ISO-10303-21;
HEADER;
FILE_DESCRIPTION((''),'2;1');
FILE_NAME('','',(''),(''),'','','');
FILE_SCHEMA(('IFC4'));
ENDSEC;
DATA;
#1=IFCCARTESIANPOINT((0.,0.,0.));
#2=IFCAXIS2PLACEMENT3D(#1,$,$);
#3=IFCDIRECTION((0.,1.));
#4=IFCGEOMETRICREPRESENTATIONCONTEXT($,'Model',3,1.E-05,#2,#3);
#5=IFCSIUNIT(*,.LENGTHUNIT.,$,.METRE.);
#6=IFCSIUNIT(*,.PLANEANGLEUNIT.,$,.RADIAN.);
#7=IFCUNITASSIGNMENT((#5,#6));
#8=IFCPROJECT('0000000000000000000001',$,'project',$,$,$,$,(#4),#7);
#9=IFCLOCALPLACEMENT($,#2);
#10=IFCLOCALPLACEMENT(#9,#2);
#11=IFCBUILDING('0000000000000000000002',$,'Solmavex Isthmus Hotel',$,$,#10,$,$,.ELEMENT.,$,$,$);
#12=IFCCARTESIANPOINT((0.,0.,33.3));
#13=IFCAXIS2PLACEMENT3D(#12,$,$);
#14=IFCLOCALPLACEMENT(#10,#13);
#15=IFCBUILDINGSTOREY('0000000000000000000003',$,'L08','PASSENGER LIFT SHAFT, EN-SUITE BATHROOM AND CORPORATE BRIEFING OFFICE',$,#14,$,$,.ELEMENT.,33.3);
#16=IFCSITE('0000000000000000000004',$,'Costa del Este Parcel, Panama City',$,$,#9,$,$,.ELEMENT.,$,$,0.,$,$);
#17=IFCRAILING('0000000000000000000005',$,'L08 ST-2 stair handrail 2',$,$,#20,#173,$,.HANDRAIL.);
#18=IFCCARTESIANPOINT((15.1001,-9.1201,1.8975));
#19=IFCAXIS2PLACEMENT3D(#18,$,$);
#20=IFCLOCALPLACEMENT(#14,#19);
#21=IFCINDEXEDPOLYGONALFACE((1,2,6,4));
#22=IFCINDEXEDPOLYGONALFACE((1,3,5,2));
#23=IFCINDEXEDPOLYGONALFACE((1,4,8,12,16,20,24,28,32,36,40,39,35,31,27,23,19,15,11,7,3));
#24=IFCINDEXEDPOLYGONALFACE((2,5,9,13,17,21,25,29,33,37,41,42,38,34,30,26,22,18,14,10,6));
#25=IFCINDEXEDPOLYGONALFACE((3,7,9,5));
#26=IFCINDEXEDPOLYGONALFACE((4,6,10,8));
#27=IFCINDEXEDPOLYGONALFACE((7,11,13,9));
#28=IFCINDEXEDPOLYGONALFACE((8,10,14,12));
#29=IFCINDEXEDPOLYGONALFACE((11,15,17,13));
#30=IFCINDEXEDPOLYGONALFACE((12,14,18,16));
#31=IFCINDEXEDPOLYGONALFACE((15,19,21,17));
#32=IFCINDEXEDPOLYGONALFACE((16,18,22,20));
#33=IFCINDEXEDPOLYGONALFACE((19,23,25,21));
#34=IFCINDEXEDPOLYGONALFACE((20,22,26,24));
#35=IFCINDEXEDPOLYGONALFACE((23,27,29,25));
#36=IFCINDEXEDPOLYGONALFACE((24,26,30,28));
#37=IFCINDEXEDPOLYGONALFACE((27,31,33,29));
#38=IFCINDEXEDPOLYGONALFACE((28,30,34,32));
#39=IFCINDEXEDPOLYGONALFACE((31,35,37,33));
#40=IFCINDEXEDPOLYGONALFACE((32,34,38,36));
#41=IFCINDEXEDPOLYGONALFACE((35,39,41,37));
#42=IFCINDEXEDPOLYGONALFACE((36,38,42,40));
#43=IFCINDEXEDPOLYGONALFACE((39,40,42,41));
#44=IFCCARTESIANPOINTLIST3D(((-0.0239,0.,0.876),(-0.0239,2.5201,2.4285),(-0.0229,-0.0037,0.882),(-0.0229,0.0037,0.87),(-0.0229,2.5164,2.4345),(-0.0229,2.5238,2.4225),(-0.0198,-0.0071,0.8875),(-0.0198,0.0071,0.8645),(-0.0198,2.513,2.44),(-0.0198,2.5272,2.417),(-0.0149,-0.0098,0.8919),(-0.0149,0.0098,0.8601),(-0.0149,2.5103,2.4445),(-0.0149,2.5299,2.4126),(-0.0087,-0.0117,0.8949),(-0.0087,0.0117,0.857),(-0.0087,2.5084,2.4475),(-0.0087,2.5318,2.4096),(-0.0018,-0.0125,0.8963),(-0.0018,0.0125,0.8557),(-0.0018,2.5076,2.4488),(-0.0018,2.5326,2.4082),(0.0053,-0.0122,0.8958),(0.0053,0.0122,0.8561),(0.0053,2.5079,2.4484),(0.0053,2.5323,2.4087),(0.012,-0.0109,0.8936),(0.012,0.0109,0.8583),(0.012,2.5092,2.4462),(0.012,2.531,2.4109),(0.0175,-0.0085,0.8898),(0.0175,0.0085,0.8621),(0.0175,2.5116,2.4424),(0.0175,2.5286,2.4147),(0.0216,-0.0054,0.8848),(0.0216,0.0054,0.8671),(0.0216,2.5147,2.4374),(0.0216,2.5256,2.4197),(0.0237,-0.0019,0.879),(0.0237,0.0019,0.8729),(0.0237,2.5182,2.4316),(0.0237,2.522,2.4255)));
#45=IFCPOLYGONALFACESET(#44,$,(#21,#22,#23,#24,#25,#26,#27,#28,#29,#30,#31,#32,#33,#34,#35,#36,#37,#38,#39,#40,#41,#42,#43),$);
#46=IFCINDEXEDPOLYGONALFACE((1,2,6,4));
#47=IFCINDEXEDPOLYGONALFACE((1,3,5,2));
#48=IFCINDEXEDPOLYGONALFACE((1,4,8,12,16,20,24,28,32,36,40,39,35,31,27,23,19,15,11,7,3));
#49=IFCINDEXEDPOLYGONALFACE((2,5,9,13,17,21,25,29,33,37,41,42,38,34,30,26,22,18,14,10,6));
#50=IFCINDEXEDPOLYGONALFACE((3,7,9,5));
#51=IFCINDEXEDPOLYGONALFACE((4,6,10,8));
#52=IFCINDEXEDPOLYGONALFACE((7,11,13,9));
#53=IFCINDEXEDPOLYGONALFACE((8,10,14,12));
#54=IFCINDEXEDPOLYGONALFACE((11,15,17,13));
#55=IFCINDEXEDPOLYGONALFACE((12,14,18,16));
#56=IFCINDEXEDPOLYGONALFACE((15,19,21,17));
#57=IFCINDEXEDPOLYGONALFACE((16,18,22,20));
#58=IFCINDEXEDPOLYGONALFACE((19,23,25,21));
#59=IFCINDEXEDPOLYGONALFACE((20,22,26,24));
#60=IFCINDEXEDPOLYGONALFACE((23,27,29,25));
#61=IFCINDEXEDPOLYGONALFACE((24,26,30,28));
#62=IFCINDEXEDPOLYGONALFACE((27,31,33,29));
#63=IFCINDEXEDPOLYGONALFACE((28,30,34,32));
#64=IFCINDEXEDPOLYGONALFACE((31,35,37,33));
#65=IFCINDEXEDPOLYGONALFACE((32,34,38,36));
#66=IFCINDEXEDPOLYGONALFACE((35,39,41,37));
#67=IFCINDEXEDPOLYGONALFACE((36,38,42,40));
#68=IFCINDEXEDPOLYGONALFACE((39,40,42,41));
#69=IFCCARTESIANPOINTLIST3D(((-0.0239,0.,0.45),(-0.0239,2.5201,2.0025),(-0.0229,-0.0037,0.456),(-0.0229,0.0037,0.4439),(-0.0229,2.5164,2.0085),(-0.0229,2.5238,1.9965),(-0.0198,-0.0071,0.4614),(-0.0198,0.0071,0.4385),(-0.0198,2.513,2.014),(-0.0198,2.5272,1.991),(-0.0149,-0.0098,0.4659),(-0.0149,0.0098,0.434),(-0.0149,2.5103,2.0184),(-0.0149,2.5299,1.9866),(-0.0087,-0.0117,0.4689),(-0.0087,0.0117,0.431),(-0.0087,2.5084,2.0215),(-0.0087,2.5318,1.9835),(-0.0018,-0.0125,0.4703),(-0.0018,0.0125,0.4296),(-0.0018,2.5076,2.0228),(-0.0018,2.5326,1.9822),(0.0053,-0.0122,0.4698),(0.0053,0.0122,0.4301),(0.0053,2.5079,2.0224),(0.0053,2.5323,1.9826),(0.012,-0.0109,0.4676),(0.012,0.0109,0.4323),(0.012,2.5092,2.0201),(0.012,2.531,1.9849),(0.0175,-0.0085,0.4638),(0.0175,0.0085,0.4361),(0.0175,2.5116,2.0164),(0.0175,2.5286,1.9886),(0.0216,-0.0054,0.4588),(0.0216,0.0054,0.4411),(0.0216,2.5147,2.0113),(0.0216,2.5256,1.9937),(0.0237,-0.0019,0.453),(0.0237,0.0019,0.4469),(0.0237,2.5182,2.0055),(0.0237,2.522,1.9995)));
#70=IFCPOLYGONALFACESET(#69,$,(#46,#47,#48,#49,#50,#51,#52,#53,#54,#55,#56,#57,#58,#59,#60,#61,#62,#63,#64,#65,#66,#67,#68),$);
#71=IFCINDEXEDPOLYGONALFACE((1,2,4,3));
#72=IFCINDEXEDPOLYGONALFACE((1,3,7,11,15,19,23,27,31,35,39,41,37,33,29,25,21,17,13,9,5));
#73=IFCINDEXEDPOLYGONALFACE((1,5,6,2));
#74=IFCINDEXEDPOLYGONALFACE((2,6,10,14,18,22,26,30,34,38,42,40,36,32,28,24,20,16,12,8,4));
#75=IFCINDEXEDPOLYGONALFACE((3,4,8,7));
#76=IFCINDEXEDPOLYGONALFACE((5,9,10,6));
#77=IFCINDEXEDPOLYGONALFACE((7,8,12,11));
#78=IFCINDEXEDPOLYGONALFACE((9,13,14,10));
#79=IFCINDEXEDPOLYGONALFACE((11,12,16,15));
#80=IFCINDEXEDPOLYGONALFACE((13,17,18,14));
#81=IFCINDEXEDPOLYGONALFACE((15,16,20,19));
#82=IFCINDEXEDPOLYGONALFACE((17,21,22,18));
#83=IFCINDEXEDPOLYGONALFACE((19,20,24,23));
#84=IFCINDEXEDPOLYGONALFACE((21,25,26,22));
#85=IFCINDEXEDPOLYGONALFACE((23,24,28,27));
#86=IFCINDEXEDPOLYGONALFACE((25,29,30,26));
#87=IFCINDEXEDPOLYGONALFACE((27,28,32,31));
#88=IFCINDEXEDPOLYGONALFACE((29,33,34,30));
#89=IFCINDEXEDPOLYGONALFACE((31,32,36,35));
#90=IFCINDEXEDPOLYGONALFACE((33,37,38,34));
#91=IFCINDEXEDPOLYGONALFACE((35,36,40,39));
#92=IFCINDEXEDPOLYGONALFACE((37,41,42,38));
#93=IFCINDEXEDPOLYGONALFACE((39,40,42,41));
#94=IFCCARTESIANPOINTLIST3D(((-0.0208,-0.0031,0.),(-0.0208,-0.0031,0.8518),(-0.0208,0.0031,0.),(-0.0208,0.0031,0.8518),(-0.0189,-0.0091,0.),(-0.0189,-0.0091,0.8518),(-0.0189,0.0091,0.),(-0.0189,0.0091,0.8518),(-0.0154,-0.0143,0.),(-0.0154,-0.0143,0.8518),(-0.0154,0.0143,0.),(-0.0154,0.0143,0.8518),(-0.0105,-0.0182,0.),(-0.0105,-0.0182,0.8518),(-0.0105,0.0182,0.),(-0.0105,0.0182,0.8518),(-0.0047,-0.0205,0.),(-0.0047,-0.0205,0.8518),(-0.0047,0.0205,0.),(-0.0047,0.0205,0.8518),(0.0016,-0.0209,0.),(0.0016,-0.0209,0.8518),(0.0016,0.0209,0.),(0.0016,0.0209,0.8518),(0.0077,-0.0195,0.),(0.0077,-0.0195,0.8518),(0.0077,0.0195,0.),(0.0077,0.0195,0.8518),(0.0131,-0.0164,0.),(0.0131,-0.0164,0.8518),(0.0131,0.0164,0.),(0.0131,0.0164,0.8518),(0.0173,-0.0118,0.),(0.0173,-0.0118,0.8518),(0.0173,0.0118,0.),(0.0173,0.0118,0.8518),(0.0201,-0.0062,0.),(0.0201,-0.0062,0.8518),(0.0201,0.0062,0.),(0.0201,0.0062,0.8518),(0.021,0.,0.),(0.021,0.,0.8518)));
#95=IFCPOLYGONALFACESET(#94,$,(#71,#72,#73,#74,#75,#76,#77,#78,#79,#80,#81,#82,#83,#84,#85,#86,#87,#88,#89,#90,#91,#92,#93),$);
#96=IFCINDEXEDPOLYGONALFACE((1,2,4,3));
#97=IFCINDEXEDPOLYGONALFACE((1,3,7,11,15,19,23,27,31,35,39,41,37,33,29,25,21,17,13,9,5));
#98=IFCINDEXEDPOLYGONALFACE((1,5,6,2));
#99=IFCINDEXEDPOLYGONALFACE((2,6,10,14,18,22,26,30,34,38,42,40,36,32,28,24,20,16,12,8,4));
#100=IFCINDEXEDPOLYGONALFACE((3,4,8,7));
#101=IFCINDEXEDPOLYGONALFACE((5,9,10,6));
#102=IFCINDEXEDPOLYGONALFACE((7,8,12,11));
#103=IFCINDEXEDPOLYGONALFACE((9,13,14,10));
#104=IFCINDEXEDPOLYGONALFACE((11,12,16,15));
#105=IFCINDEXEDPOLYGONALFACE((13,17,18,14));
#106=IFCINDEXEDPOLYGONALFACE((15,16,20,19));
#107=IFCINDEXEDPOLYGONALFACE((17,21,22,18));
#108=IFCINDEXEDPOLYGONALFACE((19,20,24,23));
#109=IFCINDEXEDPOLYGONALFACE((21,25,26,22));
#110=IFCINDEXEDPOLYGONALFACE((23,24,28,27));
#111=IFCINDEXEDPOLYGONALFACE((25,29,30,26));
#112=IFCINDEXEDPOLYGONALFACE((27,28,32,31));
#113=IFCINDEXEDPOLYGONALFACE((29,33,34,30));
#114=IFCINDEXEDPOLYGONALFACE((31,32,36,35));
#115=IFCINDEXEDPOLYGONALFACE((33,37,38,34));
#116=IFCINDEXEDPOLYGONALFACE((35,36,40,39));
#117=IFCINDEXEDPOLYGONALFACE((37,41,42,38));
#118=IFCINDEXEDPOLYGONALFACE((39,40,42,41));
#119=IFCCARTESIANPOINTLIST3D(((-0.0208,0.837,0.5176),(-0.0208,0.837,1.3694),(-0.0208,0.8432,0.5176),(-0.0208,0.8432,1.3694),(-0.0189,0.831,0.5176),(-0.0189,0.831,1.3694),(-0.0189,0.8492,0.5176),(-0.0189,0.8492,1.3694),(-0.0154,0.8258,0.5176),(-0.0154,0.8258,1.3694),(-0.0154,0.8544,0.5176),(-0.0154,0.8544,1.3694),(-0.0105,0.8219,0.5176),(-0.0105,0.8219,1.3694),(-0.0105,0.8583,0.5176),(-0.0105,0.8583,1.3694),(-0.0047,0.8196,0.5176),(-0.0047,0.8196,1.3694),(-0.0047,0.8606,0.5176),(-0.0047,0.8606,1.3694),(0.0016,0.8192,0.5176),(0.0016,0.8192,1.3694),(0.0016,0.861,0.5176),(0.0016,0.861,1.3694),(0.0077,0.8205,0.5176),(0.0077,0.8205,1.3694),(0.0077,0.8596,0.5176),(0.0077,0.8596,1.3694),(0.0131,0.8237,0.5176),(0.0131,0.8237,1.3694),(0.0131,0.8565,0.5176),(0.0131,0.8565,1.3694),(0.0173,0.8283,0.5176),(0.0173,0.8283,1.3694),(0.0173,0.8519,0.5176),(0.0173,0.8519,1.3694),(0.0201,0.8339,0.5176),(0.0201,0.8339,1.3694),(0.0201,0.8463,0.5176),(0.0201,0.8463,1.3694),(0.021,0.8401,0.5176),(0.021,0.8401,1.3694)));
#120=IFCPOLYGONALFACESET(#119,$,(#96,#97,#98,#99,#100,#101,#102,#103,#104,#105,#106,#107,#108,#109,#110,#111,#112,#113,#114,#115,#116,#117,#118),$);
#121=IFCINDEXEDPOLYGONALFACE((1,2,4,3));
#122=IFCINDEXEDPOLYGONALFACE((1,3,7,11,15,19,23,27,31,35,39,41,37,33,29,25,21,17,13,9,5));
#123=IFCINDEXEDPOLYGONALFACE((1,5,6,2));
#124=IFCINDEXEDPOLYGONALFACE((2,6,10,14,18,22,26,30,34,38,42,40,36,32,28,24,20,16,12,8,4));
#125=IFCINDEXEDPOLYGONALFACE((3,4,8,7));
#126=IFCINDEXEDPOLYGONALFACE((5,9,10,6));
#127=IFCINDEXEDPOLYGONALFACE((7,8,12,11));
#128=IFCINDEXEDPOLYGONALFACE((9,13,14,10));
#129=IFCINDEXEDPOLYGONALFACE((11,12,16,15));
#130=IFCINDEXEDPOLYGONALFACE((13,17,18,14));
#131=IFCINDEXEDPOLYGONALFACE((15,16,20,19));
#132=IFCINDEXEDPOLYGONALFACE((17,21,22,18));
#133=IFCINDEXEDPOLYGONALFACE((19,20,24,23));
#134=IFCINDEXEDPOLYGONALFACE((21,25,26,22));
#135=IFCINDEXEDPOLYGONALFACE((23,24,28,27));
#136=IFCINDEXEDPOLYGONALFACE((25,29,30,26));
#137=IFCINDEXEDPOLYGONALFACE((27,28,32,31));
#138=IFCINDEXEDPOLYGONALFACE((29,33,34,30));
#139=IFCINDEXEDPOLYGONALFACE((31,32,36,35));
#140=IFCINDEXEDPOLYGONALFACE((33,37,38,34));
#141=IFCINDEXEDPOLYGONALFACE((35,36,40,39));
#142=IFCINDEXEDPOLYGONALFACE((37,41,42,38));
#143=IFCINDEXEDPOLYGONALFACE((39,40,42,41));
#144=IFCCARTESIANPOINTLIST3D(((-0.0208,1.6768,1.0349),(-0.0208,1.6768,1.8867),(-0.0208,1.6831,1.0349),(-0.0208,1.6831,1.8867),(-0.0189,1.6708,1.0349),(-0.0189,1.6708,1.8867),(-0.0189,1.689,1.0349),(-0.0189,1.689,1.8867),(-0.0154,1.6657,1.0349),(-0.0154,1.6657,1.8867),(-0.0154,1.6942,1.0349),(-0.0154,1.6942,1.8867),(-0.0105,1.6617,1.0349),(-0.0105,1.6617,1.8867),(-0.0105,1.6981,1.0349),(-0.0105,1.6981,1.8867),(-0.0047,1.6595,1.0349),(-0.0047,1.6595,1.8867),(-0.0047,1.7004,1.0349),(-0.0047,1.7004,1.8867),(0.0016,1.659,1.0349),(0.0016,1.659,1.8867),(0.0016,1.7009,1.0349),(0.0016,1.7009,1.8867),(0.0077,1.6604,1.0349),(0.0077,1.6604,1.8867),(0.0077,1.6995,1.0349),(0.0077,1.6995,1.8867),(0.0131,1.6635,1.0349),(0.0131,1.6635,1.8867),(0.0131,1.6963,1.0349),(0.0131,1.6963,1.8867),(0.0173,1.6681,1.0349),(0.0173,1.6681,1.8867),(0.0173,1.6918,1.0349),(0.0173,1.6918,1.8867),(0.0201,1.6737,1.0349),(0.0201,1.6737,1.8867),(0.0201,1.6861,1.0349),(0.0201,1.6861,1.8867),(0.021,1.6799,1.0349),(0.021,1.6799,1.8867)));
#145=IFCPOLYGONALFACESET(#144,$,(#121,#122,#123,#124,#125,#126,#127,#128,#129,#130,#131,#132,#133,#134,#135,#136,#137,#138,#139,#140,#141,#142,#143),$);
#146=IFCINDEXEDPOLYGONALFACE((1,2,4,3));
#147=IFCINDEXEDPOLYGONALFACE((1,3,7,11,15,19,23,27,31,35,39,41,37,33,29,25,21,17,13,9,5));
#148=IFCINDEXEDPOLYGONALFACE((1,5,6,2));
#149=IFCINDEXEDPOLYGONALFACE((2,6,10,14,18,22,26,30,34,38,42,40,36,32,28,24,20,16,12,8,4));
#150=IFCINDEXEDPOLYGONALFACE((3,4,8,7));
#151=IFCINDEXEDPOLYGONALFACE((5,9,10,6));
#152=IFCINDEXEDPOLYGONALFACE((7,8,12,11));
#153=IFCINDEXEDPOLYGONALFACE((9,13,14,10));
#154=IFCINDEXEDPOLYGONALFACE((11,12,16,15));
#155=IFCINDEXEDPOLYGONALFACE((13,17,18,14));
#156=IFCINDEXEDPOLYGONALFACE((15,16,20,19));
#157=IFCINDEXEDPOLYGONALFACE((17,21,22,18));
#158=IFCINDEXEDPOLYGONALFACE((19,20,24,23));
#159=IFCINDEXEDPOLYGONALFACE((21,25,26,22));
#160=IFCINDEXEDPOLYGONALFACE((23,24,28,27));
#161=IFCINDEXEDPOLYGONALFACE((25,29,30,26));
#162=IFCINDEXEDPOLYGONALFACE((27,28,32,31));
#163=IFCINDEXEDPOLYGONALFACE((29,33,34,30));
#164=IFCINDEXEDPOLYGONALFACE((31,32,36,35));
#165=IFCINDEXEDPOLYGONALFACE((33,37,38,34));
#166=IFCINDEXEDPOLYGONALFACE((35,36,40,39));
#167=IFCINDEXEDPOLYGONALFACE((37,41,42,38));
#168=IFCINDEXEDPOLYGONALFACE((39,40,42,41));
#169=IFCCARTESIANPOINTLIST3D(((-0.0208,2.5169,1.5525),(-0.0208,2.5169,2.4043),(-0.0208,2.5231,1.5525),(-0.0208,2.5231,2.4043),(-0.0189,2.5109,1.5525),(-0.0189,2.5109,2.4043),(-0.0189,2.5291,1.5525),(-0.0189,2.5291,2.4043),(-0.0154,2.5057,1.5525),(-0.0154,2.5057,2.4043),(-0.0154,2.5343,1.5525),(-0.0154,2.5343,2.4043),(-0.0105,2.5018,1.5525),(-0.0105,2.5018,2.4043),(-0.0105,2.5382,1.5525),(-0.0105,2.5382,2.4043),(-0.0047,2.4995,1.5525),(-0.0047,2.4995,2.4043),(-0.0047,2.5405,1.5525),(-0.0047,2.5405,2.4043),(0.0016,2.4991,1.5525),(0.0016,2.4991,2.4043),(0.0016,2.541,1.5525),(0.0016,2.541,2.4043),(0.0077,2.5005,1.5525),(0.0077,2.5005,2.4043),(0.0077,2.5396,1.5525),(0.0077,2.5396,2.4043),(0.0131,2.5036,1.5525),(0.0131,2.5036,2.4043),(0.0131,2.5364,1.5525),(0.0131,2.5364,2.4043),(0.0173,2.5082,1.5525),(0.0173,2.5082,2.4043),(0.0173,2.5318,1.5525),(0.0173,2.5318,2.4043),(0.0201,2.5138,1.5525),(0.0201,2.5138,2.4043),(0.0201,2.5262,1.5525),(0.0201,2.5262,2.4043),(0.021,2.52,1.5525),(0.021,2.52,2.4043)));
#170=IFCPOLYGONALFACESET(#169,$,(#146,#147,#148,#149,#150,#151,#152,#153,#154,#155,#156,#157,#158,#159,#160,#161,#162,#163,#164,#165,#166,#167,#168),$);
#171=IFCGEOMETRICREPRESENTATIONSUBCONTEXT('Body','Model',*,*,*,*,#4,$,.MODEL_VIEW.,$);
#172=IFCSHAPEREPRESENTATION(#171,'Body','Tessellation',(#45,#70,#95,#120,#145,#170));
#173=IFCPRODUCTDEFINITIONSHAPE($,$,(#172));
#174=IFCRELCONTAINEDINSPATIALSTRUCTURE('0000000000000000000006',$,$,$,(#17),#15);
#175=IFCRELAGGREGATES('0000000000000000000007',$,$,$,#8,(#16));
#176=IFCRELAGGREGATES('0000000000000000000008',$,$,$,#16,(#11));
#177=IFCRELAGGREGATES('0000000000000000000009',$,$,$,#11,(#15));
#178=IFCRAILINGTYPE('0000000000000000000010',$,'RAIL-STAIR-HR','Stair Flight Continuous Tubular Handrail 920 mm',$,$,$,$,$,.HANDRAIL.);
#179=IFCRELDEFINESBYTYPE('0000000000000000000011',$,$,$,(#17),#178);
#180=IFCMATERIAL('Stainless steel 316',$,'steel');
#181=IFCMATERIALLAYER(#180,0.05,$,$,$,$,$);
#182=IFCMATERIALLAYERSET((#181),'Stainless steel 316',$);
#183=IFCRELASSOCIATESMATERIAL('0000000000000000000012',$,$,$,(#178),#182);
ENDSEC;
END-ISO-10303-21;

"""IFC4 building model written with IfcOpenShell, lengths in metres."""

from ifc_helpers import new_model, si_unit, direction, frame, origin, origin_2d, place, context, subcontext, project, spatial, circle, extrude, material, layer, layer_set, type_object, element, save


model = new_model("IFC4")

# Units and contexts
model_context = context("Model", 3, precision=1e-05, world=origin(), true_north=direction((0.0, 1.0)))
body_context = subcontext(model_context, "Body", "Model", "MODEL_VIEW")
ifc_project = project(units=[si_unit("LENGTHUNIT", "METRE"), si_unit("PLANEANGLEUNIT", "RADIAN")], contexts=[model_context])

# Site, building, storey
site_placement = place(None, origin())
site = spatial("IfcSite", under=ifc_project, at=site_placement, Name="Costa del Este Parcel, Panama City", CompositionType="ELEMENT", RefElevation=0.0)
building_placement = place(site_placement, origin())
building = spatial("IfcBuilding", under=site, at=building_placement, Name="Solmavex Isthmus Hotel", CompositionType="ELEMENT")
storey_placement = place(building_placement, frame((0.0, 0.0, 33.3)))
storey = spatial("IfcBuildingStorey", under=building, at=storey_placement, Name="L08", Description="PASSENGER LIFT SHAFT, EN-SUITE BATHROOM AND CORPORATE BRIEFING OFFICE", CompositionType="ELEMENT", Elevation=33.3)

# Railing
ifc_material_1 = material(Name="Stainless steel 316", Category="steel")
ifc_layer_1 = layer(ifc_material_1, 0.05)
ifc_layer_set_1 = layer_set([ifc_layer_1], Name="Stainless steel 316")
railing_type_1 = type_object("IfcRailingType", Name="RAIL-STAIR-HR", Description="Stair Flight Continuous Tubular Handrail 920 mm", PredefinedType="HANDRAIL", material=ifc_layer_set_1)
railing_1_placement = place(storey_placement, frame((15.1001, -9.1201, 1.8975)))
element("IfcRailing", 1, at=railing_1_placement, inside=storey, type_object=railing_type_1, Name="L08 ST-2 stair handrail 2", PredefinedType="HANDRAIL", context=body_context, shape_type="SweptSolid", body=[
    extrude(circle(Radius=0.0239, at=origin_2d()), frame((0.0, 0.0, 0.876), z_axis=(0.0, 0.8514, 0.524516), x_axis=(-1.0, 0.0, 0.0)), (0.0, 0.0, 1.0), 2.96),
    extrude(circle(Radius=0.0239, at=origin_2d()), frame((0.0, 0.0, 0.45), z_axis=(0.0, 0.8514, 0.524516), x_axis=(-1.0, 0.0, 0.0)), (0.0, 0.0, 1.0), 2.96),
    extrude(circle(Radius=0.021, at=origin_2d()), origin(), (0.0, 0.0, 1.0), 0.8518),
    extrude(circle(Radius=0.021, at=origin_2d()), frame((0.0, 0.8401, 0.5176)), (0.0, 0.0, 1.0), 0.8518),
    extrude(circle(Radius=0.021, at=origin_2d()), frame((0.0, 1.6799, 1.0349)), (0.0, 0.0, 1.0), 0.8518),
    extrude(circle(Radius=0.021, at=origin_2d()), frame((0.0, 2.52, 1.5525)), (0.0, 0.0, 1.0), 0.8518),
])

save(model, "model.ifc")
